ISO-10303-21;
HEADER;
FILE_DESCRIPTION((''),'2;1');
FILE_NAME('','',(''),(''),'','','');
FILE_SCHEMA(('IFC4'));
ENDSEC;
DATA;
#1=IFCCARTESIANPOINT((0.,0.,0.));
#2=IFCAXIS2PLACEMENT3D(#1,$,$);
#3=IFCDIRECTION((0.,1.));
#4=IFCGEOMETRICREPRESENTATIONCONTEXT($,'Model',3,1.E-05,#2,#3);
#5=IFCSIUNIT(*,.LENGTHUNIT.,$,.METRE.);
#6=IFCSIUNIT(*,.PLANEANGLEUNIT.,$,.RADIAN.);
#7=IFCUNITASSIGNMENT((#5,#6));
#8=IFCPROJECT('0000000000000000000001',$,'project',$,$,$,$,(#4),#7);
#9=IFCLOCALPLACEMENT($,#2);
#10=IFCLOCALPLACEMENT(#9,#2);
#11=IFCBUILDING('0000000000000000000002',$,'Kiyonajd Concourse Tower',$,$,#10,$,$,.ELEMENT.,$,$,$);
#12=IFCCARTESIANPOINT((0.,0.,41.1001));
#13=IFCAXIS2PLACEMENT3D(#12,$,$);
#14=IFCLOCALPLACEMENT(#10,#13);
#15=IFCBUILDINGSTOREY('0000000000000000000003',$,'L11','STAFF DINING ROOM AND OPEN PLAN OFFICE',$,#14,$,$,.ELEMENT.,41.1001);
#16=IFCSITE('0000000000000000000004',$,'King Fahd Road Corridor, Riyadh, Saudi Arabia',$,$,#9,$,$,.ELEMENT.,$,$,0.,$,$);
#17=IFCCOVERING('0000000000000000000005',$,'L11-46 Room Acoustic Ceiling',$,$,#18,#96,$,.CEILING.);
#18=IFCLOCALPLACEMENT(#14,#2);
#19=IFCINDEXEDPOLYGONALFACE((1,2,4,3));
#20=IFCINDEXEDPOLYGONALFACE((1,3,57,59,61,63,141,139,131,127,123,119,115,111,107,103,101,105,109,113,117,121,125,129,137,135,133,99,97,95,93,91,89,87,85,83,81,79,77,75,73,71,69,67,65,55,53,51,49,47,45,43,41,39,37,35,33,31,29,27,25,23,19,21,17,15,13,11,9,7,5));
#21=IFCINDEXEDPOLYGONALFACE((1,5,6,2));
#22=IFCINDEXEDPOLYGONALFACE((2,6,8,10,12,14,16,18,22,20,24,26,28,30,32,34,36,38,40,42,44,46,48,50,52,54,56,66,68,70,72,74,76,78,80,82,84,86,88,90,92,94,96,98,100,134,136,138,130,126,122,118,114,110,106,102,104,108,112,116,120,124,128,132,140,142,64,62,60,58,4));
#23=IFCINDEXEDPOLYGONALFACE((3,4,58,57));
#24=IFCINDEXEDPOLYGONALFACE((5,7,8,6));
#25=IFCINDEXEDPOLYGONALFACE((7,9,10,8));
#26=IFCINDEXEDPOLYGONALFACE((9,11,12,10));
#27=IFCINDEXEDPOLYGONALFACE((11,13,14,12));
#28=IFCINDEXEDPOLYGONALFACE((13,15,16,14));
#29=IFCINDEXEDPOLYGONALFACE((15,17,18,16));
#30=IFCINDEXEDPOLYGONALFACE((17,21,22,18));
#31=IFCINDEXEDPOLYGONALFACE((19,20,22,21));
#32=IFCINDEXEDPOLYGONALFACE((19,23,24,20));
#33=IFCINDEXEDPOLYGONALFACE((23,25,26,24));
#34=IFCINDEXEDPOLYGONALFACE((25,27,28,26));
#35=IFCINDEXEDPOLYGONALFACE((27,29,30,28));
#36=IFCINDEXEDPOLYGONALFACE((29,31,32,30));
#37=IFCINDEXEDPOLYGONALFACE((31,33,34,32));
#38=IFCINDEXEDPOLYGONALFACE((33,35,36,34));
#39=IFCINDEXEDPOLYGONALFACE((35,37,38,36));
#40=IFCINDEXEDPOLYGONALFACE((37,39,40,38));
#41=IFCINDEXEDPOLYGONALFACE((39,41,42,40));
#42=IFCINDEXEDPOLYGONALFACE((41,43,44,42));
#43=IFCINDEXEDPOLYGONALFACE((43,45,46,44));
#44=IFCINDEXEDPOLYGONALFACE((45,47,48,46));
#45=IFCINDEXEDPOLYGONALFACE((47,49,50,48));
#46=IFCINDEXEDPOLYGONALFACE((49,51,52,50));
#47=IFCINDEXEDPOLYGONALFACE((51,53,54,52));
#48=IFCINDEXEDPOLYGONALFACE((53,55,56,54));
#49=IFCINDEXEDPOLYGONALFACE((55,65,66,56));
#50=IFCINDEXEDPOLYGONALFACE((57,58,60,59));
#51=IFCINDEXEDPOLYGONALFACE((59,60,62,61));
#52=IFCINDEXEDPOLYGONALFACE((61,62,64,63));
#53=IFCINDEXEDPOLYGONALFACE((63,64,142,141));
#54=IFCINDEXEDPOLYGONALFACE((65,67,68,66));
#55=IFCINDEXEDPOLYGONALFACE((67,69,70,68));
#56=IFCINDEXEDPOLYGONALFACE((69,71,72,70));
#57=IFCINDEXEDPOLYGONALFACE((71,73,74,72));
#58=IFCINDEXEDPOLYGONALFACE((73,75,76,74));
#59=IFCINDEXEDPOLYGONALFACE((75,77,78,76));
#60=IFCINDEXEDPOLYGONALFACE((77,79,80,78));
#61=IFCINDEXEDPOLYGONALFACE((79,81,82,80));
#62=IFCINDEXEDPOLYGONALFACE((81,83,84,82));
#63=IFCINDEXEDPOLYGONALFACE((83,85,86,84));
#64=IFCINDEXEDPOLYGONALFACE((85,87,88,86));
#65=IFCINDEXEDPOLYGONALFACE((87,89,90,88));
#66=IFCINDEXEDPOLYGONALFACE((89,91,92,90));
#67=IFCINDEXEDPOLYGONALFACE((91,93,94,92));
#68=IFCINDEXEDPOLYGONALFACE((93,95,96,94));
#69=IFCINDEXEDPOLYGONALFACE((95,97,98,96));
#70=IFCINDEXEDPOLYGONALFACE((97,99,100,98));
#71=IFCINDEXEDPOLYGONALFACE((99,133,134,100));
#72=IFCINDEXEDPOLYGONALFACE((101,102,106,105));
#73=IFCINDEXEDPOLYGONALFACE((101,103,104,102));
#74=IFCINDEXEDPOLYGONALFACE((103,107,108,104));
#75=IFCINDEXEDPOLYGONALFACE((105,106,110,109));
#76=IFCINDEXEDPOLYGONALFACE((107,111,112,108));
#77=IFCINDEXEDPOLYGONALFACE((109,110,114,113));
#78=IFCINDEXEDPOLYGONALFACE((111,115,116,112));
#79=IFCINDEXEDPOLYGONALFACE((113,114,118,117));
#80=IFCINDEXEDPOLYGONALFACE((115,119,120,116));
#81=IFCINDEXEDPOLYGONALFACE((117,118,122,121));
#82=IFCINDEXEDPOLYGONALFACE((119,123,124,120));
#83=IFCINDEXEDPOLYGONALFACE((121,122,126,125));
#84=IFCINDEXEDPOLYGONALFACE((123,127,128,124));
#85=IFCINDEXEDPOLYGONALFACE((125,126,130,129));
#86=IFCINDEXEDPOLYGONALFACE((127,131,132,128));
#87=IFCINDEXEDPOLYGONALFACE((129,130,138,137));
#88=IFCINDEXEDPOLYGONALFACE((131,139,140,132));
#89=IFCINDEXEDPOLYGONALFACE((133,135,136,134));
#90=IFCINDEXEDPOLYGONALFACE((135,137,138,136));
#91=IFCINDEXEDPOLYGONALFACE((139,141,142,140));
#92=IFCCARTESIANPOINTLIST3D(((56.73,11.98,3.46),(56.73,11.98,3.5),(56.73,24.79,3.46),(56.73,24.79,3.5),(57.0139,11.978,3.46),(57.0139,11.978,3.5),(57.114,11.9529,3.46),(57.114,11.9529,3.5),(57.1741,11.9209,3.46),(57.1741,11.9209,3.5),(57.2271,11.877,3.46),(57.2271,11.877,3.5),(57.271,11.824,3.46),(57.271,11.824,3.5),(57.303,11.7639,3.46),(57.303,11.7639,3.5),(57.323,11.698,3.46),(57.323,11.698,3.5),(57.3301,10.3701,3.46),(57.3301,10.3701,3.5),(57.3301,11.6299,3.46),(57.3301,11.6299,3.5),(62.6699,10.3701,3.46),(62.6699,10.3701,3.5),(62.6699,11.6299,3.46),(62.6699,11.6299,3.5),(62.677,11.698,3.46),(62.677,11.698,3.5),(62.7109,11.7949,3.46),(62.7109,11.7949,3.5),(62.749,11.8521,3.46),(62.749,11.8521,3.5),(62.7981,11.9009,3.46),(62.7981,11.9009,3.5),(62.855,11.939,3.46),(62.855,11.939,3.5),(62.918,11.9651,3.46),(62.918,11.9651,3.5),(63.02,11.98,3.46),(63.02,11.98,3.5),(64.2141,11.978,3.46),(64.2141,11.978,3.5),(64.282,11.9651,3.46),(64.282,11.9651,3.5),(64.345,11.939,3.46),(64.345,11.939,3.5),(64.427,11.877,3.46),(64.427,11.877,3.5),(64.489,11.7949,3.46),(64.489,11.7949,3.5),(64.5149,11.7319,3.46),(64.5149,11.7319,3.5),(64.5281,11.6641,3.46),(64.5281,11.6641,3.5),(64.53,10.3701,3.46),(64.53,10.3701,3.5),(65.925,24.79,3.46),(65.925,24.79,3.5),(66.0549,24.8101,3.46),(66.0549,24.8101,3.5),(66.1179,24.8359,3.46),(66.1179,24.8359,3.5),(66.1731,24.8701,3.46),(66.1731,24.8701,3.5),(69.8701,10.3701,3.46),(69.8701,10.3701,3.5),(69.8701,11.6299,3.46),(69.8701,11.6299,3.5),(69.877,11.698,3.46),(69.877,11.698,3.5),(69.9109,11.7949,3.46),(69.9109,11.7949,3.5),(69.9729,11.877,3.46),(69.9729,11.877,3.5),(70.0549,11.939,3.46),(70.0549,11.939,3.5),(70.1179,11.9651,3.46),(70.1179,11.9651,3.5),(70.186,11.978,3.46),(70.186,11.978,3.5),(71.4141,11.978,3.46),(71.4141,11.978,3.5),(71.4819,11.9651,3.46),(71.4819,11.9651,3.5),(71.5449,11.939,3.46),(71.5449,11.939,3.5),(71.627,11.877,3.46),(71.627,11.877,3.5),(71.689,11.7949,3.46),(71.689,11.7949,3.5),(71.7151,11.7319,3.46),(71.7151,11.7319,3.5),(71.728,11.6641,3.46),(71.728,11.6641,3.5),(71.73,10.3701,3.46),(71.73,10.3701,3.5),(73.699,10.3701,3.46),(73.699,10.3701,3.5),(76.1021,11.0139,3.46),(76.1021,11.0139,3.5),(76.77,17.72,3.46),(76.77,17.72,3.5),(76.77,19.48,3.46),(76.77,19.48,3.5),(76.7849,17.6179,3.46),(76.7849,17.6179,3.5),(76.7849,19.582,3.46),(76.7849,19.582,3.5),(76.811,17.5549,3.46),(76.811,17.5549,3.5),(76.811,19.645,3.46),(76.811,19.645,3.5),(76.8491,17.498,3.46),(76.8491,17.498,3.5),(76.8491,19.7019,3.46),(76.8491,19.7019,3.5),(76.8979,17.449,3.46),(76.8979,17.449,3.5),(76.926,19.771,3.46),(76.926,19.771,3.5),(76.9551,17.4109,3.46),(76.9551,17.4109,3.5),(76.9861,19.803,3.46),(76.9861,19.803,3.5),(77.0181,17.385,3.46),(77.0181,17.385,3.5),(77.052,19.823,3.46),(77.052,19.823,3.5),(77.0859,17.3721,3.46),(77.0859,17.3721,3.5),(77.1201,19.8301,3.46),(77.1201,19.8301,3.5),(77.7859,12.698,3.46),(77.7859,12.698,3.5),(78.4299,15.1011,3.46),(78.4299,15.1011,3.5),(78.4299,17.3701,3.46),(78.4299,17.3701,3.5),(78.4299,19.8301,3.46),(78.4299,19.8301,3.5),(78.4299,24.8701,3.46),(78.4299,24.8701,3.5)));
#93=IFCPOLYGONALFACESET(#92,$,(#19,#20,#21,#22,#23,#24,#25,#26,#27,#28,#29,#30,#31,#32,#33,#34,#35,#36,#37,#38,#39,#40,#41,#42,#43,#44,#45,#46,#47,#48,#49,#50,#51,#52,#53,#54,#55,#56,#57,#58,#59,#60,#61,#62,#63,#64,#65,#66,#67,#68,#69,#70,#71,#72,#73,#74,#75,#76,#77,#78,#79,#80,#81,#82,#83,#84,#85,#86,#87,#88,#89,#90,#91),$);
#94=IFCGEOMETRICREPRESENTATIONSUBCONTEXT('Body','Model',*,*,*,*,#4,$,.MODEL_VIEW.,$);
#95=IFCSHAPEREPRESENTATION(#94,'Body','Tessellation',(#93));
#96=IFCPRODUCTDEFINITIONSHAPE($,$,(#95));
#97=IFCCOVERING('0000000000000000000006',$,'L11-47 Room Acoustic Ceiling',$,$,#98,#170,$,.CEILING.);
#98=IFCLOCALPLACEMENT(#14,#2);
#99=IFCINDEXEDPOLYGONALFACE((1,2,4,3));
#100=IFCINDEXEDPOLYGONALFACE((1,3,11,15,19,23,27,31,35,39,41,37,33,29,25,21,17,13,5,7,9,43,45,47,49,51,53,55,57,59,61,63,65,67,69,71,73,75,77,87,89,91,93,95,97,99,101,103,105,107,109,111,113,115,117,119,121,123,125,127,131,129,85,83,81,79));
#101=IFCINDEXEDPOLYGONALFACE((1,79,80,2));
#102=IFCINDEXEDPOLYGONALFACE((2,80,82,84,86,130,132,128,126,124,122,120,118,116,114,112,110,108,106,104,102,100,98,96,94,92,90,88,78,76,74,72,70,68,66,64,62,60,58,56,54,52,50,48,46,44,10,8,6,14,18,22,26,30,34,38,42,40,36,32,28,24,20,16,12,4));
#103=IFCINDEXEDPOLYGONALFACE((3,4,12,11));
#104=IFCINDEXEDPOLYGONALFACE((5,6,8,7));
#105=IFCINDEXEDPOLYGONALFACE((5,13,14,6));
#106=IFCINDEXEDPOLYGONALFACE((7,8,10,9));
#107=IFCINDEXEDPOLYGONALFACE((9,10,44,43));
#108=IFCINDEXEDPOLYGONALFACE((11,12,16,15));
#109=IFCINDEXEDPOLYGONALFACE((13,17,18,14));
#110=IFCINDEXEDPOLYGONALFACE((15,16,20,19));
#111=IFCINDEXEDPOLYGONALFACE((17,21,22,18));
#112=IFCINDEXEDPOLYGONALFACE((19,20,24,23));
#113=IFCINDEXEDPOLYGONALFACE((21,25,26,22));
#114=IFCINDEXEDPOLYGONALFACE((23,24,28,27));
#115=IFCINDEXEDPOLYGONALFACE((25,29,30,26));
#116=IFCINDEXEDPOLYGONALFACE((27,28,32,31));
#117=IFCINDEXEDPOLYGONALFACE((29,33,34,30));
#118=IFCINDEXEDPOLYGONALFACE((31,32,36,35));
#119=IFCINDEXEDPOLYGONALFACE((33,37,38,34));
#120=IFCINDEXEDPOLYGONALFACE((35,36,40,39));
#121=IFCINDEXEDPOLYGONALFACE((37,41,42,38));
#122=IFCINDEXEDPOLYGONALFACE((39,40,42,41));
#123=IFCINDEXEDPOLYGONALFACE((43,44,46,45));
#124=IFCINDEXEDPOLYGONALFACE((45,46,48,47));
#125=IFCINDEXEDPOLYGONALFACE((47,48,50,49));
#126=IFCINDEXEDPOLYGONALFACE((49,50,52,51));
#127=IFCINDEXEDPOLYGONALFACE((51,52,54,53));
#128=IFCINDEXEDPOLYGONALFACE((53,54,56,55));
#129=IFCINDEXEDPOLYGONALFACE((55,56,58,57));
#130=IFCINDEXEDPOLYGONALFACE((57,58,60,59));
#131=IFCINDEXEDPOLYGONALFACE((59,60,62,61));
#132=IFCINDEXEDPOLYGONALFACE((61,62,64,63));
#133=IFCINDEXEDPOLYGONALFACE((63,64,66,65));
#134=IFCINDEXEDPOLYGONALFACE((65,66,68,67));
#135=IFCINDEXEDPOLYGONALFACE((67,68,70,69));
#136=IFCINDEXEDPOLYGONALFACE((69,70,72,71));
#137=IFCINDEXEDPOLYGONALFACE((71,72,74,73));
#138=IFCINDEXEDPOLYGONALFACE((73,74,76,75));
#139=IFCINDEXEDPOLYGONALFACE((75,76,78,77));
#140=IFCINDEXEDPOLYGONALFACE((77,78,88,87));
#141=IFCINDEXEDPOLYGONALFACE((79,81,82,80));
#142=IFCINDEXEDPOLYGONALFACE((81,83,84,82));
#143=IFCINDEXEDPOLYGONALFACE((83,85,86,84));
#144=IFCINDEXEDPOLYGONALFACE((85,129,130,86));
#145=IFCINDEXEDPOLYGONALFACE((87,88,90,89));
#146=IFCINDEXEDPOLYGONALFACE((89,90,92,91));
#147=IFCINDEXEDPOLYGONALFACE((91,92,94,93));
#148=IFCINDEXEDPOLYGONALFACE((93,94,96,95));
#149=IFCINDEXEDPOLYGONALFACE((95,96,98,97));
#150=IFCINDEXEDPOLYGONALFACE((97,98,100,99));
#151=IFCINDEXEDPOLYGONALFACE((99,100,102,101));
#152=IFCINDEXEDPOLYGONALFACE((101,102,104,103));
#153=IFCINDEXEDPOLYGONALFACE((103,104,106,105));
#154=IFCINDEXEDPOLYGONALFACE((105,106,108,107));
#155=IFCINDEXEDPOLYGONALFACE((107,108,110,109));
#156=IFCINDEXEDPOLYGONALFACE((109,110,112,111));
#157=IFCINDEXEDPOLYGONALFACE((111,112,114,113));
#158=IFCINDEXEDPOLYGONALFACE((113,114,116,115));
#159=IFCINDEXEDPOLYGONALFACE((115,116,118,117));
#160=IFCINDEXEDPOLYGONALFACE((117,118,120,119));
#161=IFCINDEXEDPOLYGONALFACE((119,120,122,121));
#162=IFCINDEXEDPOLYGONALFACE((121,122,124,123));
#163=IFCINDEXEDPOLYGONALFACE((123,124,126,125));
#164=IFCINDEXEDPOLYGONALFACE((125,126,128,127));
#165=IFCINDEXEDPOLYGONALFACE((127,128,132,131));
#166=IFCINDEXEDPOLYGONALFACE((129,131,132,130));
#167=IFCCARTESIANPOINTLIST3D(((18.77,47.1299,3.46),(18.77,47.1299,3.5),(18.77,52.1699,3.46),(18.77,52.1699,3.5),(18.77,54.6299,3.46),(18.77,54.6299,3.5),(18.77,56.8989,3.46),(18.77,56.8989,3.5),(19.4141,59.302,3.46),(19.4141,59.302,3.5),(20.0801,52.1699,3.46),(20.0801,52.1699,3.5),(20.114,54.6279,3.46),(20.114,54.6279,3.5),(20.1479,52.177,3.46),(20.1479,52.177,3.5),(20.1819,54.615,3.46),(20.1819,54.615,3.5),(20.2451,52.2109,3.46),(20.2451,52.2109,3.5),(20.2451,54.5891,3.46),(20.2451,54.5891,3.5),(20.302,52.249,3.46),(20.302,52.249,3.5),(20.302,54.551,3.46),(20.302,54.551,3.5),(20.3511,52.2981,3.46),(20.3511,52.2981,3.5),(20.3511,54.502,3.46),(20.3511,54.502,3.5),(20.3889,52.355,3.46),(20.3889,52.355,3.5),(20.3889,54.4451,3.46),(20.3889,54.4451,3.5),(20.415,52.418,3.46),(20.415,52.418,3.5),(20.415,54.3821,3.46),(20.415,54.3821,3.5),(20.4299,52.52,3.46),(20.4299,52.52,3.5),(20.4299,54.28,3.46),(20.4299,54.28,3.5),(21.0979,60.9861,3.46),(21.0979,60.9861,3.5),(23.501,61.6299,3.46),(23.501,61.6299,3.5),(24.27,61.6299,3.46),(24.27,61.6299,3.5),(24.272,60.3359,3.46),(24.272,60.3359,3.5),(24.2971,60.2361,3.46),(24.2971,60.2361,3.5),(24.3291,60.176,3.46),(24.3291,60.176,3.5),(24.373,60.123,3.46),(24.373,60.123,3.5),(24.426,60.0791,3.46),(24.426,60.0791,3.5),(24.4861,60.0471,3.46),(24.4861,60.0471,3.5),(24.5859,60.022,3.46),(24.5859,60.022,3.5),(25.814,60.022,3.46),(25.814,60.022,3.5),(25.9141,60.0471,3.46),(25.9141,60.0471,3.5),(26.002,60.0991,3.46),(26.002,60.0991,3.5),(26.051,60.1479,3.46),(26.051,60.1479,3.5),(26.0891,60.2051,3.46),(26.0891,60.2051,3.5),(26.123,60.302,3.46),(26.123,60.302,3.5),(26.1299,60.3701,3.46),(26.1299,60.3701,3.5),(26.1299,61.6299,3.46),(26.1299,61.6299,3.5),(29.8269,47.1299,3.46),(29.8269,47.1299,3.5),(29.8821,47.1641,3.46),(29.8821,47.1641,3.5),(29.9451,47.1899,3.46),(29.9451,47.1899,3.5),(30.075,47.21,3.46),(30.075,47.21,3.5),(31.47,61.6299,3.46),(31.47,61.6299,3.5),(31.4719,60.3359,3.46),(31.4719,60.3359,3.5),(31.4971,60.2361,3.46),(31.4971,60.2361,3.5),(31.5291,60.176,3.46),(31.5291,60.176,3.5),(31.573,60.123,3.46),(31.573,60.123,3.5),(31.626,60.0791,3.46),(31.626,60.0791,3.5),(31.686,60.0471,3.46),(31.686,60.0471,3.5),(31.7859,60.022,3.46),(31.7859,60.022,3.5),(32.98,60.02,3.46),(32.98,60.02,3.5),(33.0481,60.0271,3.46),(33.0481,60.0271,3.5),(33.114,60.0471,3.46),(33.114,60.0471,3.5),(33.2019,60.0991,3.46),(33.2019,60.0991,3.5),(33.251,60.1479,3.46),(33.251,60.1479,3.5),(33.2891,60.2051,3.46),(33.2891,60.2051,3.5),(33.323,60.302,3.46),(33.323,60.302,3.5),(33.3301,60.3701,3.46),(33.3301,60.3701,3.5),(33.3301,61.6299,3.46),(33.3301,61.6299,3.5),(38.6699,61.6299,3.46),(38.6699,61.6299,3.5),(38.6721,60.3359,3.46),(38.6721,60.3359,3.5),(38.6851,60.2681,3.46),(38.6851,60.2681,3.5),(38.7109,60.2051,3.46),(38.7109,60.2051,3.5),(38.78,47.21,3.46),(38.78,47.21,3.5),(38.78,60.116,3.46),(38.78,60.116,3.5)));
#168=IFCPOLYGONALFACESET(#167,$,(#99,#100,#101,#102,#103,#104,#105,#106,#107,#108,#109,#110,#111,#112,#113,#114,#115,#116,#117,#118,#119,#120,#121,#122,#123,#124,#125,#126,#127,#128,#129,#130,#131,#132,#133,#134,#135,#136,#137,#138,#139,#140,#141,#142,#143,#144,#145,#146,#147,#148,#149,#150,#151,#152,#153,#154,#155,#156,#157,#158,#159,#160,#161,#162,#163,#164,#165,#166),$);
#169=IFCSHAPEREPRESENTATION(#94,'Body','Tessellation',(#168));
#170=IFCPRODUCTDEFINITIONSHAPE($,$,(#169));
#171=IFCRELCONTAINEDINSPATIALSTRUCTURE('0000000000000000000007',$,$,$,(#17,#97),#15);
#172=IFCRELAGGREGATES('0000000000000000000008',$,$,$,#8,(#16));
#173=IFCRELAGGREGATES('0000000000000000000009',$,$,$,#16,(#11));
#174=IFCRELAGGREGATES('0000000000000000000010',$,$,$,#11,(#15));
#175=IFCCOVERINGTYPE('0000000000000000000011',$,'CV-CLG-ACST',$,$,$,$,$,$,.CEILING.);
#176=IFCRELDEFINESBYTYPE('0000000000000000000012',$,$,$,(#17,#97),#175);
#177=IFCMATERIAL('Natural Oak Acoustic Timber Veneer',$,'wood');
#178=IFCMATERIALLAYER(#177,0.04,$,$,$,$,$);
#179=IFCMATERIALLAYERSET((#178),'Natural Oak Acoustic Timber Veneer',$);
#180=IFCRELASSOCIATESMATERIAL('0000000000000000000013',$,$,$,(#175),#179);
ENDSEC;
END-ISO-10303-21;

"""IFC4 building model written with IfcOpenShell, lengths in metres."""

from ifc_helpers import new_model, si_unit, direction, frame, origin, place, context, subcontext, project, spatial, polyline, outline, extrude, material, layer, layer_set, type_object, element, save


model = new_model("IFC4")

# Units and contexts
model_context = context("Model", 3, precision=1e-05, world=origin(), true_north=direction((0.0, 1.0)))
body_context = subcontext(model_context, "Body", "Model", "MODEL_VIEW")
ifc_project = project(units=[si_unit("LENGTHUNIT", "METRE"), si_unit("PLANEANGLEUNIT", "RADIAN")], contexts=[model_context])

# Site, building, storey
site_placement = place(None, origin())
site = spatial("IfcSite", under=ifc_project, at=site_placement, Name="King Fahd Road Corridor, Riyadh, Saudi Arabia", CompositionType="ELEMENT", RefElevation=0.0)
building_placement = place(site_placement, origin())
building = spatial("IfcBuilding", under=site, at=building_placement, Name="Kiyonajd Concourse Tower", CompositionType="ELEMENT")
storey_placement = place(building_placement, frame((0.0, 0.0, 41.1001)))
storey = spatial("IfcBuildingStorey", under=building, at=storey_placement, Name="L11", Description="STAFF DINING ROOM AND OPEN PLAN OFFICE", CompositionType="ELEMENT", Elevation=41.1001)

# Shared definitions
ifc_material_1 = material(Name="Natural Oak Acoustic Timber Veneer", Category="wood")

# Coverings
ifc_layer_1 = layer(ifc_material_1, 0.04)
ifc_layer_set_1 = layer_set([ifc_layer_1], Name="Natural Oak Acoustic Timber Veneer")
covering_type = type_object("IfcCoveringType", Name="CV-CLG-ACST", PredefinedType="CEILING", material=ifc_layer_set_1)
covering_1_placement = place(storey_placement, frame((0.0, 0.0, 3.46)))
element("IfcCovering", 1, at=covering_1_placement, inside=storey, type_object=covering_type, Name="L11-46 Room Acoustic Ceiling", PredefinedType="CEILING", context=body_context, shape_type="SweptSolid", body=[
    extrude(outline(polyline([(56.73, 11.98), (56.73, 24.79), (65.925, 24.79), (66.0549, 24.8101), (66.1179, 24.8359), (66.1731, 24.8701), (78.4299, 24.8701), (78.4299, 19.8301), (77.1201, 19.8301), (77.052, 19.823), (76.9861, 19.803), (76.926, 19.771), (76.8491, 19.7019), (76.811, 19.645), (76.7849, 19.582), (76.77, 19.48), (76.77, 17.72), (76.7849, 17.6179), (76.811, 17.5549), (76.8491, 17.498), (76.8979, 17.449), (76.9551, 17.4109), (77.0181, 17.385), (77.0859, 17.3721), (78.4299, 17.3701), (78.4299, 15.1011), (77.7859, 12.698), (76.1021, 11.0139), (73.699, 10.3701), (71.73, 10.3701), (71.728, 11.6641), (71.7151, 11.7319), (71.689, 11.7949), (71.627, 11.877), (71.5449, 11.939), (71.4819, 11.9651), (71.4141, 11.978), (70.186, 11.978), (70.1179, 11.9651), (70.0549, 11.939), (69.9729, 11.877), (69.9109, 11.7949), (69.877, 11.698), (69.8701, 11.6299), (69.8701, 10.3701), (64.53, 10.3701), (64.5281, 11.6641), (64.5149, 11.7319), (64.489, 11.7949), (64.427, 11.877), (64.345, 11.939), (64.282, 11.9651), (64.2141, 11.978), (63.02, 11.98), (62.918, 11.9651), (62.855, 11.939), (62.7981, 11.9009), (62.749, 11.8521), (62.7109, 11.7949), (62.677, 11.698), (62.6699, 11.6299), (62.6699, 10.3701), (57.3301, 10.3701), (57.3301, 11.6299), (57.323, 11.698), (57.303, 11.7639), (57.271, 11.824), (57.2271, 11.877), (57.1741, 11.9209), (57.114, 11.9529), (57.0139, 11.978), (56.73, 11.98)])), origin(), (0.0, 0.0, 1.0), 0.04),
])
covering_2_placement = place(storey_placement, frame((0.0, 0.0, 3.46)))
element("IfcCovering", 2, at=covering_2_placement, inside=storey, type_object=covering_type, Name="L11-47 Room Acoustic Ceiling", PredefinedType="CEILING", context=body_context, shape_type="SweptSolid", body=[
    extrude(outline(polyline([(21.0979, 60.9861), (23.501, 61.6299), (24.27, 61.6299), (24.272, 60.3359), (24.2971, 60.2361), (24.3291, 60.176), (24.373, 60.123), (24.426, 60.0791), (24.4861, 60.0471), (24.5859, 60.022), (25.814, 60.022), (25.9141, 60.0471), (26.002, 60.0991), (26.051, 60.1479), (26.0891, 60.2051), (26.123, 60.302), (26.1299, 60.3701), (26.1299, 61.6299), (31.47, 61.6299), (31.4719, 60.3359), (31.4971, 60.2361), (31.5291, 60.176), (31.573, 60.123), (31.626, 60.0791), (31.686, 60.0471), (31.7859, 60.022), (32.98, 60.02), (33.0481, 60.0271), (33.114, 60.0471), (33.2019, 60.0991), (33.251, 60.1479), (33.2891, 60.2051), (33.323, 60.302), (33.3301, 60.3701), (33.3301, 61.6299), (38.6699, 61.6299), (38.6721, 60.3359), (38.6851, 60.2681), (38.7109, 60.2051), (38.78, 60.116), (38.78, 47.21), (30.075, 47.21), (29.9451, 47.1899), (29.8821, 47.1641), (29.8269, 47.1299), (18.77, 47.1299), (18.77, 52.1699), (20.0801, 52.1699), (20.1479, 52.177), (20.2451, 52.2109), (20.302, 52.249), (20.3511, 52.2981), (20.3889, 52.355), (20.415, 52.418), (20.4299, 52.52), (20.4299, 54.28), (20.415, 54.3821), (20.3889, 54.4451), (20.3511, 54.502), (20.302, 54.551), (20.2451, 54.5891), (20.1819, 54.615), (20.114, 54.6279), (18.77, 54.6299), (18.77, 56.8989), (19.4141, 59.302), (21.0979, 60.9861)])), origin(), (0.0, 0.0, 1.0), 0.04),
])

save(model, "model.ifc")
